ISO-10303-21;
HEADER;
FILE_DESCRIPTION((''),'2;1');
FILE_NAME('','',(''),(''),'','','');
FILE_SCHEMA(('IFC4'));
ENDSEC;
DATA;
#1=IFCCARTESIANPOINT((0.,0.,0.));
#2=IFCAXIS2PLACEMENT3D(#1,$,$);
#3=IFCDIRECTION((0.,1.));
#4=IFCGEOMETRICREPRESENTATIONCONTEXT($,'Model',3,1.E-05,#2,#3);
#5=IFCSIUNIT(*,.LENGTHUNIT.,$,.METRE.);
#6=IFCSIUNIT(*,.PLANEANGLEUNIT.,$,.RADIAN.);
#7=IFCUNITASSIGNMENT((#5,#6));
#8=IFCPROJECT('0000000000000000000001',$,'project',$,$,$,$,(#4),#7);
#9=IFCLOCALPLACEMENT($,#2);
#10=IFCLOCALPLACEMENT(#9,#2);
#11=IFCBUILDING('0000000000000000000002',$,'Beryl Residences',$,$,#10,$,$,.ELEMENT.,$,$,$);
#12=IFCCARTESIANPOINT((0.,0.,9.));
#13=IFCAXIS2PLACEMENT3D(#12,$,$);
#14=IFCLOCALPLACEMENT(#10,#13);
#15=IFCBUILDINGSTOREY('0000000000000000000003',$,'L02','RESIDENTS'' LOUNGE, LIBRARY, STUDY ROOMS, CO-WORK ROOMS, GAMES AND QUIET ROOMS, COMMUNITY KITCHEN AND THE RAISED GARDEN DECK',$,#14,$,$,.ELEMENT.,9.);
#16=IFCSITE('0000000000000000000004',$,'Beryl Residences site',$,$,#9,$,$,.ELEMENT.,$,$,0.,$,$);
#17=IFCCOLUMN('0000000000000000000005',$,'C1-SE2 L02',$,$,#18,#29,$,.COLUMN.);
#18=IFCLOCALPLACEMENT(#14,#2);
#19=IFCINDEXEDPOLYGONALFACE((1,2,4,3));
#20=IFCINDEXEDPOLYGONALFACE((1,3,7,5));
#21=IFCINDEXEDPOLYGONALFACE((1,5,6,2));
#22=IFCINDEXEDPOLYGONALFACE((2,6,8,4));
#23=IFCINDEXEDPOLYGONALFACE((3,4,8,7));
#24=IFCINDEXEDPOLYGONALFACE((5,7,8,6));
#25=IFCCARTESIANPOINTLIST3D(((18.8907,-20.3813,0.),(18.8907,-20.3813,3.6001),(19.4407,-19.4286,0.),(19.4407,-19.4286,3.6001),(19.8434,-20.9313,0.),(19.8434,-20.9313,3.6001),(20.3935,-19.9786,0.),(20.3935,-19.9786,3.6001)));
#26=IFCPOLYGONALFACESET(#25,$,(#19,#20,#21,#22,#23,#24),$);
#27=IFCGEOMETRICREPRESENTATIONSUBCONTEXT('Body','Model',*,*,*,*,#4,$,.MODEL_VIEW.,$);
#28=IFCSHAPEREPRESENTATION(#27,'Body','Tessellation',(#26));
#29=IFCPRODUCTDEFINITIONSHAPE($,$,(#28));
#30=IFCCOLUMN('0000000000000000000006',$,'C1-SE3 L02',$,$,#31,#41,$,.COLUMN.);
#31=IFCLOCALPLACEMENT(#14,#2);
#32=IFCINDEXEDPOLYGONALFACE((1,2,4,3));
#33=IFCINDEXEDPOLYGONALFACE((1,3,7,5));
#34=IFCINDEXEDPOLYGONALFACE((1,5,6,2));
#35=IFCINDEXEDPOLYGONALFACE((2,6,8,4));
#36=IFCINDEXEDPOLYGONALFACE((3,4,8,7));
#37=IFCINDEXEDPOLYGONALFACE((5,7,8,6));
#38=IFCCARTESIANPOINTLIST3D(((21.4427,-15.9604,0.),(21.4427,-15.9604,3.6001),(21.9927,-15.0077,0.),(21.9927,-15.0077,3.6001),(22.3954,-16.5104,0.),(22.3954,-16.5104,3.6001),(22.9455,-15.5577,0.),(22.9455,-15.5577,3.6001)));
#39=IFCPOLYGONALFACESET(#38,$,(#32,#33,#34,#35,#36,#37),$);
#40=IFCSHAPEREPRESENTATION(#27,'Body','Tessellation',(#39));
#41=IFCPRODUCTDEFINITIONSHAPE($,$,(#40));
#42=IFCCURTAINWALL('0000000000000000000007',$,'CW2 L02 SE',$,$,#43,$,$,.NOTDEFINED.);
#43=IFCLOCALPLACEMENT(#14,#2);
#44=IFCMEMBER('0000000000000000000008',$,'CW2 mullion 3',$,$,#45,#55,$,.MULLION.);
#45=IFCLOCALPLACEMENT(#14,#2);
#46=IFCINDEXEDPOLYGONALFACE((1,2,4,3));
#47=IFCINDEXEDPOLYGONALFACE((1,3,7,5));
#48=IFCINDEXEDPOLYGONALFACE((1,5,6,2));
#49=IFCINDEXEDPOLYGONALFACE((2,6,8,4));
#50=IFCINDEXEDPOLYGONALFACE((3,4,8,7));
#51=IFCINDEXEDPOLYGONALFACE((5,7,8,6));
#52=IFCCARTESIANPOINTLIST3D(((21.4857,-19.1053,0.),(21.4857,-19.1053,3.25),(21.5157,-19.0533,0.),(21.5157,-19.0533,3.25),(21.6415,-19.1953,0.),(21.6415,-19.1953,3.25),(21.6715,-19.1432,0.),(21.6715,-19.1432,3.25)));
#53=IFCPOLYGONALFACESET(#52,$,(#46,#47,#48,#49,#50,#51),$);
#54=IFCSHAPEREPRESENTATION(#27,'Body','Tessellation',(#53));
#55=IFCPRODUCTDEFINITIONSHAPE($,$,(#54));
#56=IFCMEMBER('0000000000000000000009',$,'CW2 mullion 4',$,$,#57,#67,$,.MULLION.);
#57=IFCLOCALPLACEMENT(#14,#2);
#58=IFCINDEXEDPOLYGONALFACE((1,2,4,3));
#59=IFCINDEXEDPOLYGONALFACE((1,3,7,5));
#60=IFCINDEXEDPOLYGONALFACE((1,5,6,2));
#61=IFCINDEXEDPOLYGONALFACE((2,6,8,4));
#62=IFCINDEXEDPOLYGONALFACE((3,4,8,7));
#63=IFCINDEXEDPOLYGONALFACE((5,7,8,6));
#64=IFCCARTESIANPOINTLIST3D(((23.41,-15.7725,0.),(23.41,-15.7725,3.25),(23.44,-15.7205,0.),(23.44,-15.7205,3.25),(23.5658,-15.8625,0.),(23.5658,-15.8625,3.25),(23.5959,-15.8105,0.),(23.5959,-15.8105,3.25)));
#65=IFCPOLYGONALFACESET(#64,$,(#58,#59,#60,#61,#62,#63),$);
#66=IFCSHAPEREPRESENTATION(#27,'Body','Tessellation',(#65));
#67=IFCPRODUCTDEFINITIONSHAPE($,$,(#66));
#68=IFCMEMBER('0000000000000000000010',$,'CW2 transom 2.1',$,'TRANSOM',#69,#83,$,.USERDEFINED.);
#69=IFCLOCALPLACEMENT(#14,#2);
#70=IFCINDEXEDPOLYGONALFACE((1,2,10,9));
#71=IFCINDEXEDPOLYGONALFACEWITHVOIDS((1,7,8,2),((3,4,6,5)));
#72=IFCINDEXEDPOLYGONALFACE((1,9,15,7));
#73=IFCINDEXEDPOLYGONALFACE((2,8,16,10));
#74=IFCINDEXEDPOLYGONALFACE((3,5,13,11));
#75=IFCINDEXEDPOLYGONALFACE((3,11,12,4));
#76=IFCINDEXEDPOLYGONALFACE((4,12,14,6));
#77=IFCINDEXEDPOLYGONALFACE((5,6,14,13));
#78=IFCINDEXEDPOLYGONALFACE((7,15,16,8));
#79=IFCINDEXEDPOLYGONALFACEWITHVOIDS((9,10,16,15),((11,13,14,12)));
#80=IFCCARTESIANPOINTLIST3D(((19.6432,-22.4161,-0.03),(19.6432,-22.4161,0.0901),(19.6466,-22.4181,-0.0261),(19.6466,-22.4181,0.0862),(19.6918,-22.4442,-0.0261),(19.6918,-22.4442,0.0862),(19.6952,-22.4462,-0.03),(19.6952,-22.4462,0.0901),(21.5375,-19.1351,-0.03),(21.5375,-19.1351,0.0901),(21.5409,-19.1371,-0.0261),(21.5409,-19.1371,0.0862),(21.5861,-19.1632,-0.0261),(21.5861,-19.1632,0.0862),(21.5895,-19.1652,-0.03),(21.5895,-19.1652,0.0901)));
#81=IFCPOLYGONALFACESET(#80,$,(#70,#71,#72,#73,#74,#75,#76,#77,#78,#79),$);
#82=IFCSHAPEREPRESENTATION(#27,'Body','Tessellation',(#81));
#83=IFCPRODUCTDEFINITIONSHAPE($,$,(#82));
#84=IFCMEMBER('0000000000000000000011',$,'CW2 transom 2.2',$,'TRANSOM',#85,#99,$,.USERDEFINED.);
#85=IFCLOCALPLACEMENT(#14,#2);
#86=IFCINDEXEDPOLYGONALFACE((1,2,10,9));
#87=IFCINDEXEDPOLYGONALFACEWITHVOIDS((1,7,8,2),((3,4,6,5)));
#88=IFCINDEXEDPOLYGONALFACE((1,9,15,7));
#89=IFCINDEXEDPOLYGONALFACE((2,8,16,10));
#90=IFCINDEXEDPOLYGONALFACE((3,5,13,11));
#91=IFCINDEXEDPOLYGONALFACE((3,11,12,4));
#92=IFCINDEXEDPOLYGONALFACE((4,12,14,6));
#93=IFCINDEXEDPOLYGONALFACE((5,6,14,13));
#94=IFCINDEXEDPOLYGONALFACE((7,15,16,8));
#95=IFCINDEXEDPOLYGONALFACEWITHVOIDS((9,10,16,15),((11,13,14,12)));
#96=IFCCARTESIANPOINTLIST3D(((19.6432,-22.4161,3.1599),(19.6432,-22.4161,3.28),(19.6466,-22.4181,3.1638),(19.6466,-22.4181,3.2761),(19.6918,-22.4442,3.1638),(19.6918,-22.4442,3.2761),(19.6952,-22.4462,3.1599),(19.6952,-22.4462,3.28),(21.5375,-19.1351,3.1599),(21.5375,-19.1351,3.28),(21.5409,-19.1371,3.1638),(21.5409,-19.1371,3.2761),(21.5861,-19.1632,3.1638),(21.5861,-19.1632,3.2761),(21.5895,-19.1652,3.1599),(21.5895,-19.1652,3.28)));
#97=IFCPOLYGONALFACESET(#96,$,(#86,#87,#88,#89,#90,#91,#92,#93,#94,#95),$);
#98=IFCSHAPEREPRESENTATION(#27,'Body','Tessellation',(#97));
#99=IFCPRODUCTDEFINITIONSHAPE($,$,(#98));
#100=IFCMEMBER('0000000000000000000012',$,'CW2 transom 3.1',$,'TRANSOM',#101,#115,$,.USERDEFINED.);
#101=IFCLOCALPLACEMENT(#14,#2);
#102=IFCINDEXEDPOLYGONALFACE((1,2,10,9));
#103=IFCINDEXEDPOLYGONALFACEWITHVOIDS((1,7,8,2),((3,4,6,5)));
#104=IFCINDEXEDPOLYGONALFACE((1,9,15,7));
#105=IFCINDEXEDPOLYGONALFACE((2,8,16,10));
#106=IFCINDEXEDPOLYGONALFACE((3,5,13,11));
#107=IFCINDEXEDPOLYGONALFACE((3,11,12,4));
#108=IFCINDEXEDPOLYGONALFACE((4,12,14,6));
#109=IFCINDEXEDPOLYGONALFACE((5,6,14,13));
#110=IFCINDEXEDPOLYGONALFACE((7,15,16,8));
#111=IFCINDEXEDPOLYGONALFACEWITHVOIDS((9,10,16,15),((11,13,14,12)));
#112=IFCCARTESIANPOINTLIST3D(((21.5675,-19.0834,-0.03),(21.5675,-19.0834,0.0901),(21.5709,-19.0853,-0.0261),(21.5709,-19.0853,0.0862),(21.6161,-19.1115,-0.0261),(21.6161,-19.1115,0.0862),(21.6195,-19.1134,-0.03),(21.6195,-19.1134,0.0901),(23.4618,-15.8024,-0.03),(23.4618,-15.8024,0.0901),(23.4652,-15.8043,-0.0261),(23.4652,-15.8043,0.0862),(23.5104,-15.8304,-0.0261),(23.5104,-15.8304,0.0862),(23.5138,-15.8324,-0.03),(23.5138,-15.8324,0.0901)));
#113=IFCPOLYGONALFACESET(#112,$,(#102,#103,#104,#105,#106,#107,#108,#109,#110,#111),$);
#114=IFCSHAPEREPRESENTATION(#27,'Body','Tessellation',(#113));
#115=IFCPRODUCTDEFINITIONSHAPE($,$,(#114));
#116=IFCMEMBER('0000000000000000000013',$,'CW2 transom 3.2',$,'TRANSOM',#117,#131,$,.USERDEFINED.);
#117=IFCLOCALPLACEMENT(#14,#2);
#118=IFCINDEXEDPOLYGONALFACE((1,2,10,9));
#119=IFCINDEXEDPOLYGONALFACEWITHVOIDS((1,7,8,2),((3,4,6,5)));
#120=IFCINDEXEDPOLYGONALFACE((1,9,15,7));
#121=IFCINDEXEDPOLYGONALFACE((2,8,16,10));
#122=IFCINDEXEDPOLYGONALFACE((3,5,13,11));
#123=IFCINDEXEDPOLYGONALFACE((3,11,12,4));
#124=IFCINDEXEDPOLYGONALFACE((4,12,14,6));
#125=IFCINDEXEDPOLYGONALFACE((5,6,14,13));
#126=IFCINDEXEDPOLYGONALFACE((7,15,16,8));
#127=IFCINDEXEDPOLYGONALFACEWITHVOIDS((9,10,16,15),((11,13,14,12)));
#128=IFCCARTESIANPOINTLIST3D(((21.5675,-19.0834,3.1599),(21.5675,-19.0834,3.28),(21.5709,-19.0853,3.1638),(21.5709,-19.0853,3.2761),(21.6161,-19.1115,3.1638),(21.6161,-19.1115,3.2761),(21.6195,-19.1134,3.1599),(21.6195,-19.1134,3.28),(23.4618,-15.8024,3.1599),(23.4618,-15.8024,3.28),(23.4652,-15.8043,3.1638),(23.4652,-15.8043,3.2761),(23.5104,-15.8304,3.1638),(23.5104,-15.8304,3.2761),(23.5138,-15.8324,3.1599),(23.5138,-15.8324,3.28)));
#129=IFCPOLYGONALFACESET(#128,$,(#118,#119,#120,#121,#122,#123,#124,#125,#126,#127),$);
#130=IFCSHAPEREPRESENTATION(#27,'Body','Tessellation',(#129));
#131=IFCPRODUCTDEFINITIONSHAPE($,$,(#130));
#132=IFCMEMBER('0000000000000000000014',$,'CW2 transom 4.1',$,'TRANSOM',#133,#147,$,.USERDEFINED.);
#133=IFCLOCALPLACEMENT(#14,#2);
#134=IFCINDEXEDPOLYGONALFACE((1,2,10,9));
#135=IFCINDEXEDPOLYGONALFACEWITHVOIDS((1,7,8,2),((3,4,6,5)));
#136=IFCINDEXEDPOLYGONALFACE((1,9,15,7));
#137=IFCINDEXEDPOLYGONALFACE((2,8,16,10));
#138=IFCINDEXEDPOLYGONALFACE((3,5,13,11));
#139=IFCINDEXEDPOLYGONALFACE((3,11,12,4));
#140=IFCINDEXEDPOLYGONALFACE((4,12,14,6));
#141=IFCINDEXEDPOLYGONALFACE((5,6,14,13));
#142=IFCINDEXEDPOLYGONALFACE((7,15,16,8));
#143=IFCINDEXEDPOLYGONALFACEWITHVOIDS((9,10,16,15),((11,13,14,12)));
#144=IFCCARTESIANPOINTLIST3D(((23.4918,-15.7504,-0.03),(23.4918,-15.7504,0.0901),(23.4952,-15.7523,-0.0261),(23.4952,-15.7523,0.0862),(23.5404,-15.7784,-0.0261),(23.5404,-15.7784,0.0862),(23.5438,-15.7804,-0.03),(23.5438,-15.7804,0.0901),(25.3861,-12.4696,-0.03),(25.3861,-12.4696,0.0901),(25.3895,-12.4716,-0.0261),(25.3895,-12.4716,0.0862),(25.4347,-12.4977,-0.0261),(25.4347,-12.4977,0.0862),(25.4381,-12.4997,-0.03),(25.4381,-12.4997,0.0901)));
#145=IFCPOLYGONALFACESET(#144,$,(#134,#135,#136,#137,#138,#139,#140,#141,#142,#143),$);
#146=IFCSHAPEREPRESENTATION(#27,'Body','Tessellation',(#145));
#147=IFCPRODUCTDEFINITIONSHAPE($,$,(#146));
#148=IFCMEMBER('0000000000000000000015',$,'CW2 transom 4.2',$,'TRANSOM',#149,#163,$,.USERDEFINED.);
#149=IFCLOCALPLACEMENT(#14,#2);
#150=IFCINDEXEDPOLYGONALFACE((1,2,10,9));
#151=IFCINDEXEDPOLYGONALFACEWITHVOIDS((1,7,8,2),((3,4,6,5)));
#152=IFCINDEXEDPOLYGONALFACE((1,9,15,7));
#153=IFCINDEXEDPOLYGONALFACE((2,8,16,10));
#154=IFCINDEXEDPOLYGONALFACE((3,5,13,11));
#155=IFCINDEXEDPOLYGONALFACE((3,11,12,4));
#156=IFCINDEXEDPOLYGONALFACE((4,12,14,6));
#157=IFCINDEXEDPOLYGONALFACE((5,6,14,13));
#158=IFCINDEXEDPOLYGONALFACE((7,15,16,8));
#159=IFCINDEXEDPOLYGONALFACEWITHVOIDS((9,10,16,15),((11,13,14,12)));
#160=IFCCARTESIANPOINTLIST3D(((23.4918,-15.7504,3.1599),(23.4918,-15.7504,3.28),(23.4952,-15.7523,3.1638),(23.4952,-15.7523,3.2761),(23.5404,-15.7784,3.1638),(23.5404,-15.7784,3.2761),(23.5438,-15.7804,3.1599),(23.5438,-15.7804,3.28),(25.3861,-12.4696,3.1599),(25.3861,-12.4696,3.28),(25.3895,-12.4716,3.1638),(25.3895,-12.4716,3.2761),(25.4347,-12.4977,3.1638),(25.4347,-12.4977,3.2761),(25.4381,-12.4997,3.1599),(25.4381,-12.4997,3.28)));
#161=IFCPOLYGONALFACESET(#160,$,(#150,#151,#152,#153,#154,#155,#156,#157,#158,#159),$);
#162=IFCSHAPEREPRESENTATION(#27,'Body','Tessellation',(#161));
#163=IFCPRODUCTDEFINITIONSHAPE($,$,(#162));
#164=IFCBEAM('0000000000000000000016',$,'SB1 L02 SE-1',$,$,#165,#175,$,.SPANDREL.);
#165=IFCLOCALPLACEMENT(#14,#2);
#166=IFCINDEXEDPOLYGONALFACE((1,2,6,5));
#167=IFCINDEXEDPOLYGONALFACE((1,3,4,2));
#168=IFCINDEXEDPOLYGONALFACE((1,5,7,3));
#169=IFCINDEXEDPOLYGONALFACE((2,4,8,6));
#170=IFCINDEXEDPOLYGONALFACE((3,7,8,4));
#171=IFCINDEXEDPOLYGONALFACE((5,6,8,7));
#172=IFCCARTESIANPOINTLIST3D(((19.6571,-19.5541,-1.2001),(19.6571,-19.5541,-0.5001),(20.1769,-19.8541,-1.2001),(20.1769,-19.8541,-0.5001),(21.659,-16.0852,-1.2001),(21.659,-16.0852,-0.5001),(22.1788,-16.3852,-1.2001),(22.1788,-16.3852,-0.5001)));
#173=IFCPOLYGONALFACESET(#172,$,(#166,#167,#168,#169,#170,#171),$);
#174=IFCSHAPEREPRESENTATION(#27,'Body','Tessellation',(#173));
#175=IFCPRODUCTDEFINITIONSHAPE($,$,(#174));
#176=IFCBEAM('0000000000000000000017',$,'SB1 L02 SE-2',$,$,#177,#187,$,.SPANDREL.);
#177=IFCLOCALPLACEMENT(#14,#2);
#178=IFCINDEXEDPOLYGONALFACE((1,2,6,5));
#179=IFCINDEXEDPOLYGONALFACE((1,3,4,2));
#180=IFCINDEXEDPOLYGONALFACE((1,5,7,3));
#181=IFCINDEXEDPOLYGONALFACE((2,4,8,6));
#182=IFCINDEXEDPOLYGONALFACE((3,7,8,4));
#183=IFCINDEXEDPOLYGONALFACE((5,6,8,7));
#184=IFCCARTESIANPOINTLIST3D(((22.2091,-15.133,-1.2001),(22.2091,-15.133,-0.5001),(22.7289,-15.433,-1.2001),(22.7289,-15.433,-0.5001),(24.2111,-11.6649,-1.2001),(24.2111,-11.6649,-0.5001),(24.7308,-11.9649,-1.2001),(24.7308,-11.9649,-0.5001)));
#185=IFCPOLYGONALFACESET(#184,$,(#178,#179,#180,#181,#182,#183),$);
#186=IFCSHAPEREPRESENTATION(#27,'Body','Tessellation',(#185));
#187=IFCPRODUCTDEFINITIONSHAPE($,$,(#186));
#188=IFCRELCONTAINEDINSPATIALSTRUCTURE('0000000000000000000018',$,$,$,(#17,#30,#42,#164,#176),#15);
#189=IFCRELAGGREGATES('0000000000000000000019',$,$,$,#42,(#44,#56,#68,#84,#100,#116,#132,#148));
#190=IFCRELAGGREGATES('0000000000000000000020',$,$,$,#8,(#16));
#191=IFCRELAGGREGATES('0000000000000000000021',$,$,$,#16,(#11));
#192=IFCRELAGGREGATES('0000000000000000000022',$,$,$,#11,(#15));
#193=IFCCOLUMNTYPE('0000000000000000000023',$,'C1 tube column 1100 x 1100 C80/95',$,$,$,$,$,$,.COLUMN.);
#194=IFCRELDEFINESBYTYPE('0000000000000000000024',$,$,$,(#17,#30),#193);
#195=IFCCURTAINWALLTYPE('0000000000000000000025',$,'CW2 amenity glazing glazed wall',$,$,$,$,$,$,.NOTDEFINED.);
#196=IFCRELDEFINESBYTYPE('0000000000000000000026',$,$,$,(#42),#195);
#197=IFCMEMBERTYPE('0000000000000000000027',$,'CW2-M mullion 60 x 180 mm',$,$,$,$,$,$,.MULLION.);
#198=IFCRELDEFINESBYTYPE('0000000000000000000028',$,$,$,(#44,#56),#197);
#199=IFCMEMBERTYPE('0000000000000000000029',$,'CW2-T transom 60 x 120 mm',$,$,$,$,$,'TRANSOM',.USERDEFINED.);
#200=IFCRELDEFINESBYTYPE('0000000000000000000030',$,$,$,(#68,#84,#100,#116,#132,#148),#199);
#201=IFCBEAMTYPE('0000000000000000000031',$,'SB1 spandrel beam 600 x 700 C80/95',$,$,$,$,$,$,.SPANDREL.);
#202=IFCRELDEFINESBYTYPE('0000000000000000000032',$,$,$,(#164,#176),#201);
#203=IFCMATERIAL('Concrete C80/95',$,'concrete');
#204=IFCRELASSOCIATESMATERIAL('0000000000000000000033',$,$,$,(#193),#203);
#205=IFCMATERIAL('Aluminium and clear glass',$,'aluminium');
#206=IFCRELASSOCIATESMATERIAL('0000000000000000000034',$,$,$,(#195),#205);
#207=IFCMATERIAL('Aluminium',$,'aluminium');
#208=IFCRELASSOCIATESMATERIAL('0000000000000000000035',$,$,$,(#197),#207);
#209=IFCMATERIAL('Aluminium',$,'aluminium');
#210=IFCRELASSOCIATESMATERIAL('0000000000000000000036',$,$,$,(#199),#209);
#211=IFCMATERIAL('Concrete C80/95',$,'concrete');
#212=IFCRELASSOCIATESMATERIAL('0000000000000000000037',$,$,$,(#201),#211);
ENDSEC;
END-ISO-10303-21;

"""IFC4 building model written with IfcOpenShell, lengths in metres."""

from ifc_helpers import new_model, si_unit, direction, frame, origin, origin_2d, place, context, subcontext, project, spatial, rectangle, hollow_rectangle, extrude, material, material_profile, profile_set, type_object, element, aggregate, save


model = new_model("IFC4")

# Units and contexts
model_context = context("Model", 3, precision=1e-05, world=origin(), true_north=direction((0.0, 1.0)))
body_context = subcontext(model_context, "Body", "Model", "MODEL_VIEW")
ifc_project = project(units=[si_unit("LENGTHUNIT", "METRE"), si_unit("PLANEANGLEUNIT", "RADIAN")], contexts=[model_context])

# Site, building, storey
site_placement = place(None, origin())
site = spatial("IfcSite", under=ifc_project, at=site_placement, Name="Beryl Residences site", CompositionType="ELEMENT", RefElevation=0.0)
building_placement = place(site_placement, origin())
building = spatial("IfcBuilding", under=site, at=building_placement, Name="Beryl Residences", CompositionType="ELEMENT")
storey_placement = place(building_placement, frame((0.0, 0.0, 9.0)))
storey = spatial("IfcBuildingStorey", under=building, at=storey_placement, Name="L02", Description="RESIDENTS' LOUNGE, LIBRARY, STUDY ROOMS, CO-WORK ROOMS, GAMES AND QUIET ROOMS, COMMUNITY KITCHEN AND THE RAISED GARDEN DECK", CompositionType="ELEMENT", Elevation=9.0)

# Columns
ifc_material_1 = material(Name="Concrete C80/95", Category="concrete")
ifc_material_profile_1 = material_profile(ifc_material_1, rectangle(XDim=1.1001, YDim=1.1001, at=origin_2d()))
ifc_profile_set_1 = profile_set([ifc_material_profile_1], Name="Concrete C80/95")
column_type = type_object("IfcColumnType", Name="C1 tube column 1100 x 1100 C80/95", PredefinedType="COLUMN", material=ifc_profile_set_1)
for number, where, z_axis, x_axis, name in (
    (1, (19.6421, -20.1799, 0.0), (0.0, 0.0, 1.0), (0.499985, 0.866034, 0.0), "C1-SE2 L02"),
    (2, (22.1941, -15.759, 0.0), (0.0, 0.0, 1.0), (0.499985, 0.866034, 0.0), "C1-SE3 L02"),
):
    element("IfcColumn", number, at=place(storey_placement, frame(where, z_axis=z_axis, x_axis=x_axis)), inside=storey, type_object=column_type, Name=name, PredefinedType="COLUMN", context=body_context, shape_type="SweptSolid", body=[
        extrude(rectangle(XDim=1.1001, YDim=1.1001, at=origin_2d()), origin(), (0.0, 0.0, 1.0), 3.6001),
    ])

# Curtain wall, members
ifc_material_2 = material(Name="Aluminium and clear glass", Category="aluminium")
curtain_wall_type = type_object("IfcCurtainWallType", Name="CW2 amenity glazing glazed wall", PredefinedType="NOTDEFINED", material=ifc_material_2)
curtain_wall_placement = place(storey_placement, origin())
curtain_wall = element("IfcCurtainWall", 3, at=curtain_wall_placement, inside=storey, type_object=curtain_wall_type, Name="CW2 L02 SE", PredefinedType="NOTDEFINED")
ifc_material_3 = material(Name="Aluminium", Category="aluminium")
ifc_material_profile_2 = material_profile(ifc_material_3, rectangle(XDim=0.0601, YDim=0.1799, at=origin_2d()))
ifc_profile_set_2 = profile_set([ifc_material_profile_2], Name="Aluminium")
member_type_1 = type_object("IfcMemberType", Name="CW2-M mullion 60 x 180 mm", PredefinedType="MULLION", material=ifc_profile_set_2)
member_1_placement = place(storey_placement, frame((21.5786, -19.1243, 0.0), z_axis=(0.0, 0.0, 1.0), x_axis=(0.500012, 0.866019, 0.0)))
member_1 = element("IfcMember", 4, at=member_1_placement, type_object=member_type_1, Name="CW2 mullion 3", PredefinedType="MULLION", context=body_context, shape_type="SweptSolid", body=[
    extrude(rectangle(XDim=0.0601, YDim=0.1799, at=origin_2d()), origin(), (0.0, 0.0, 1.0), 3.25),
])
member_2_placement = place(storey_placement, frame((23.5029, -15.7915, 0.0), z_axis=(0.0, 0.0, 1.0), x_axis=(0.500012, 0.866019, 0.0)))
member_2 = element("IfcMember", 5, at=member_2_placement, type_object=member_type_1, Name="CW2 mullion 4", PredefinedType="MULLION", context=body_context, shape_type="SweptSolid", body=[
    extrude(rectangle(XDim=0.0601, YDim=0.1799, at=origin_2d()), origin(), (0.0, 0.0, 1.0), 3.25),
])
ifc_material_4 = material(Name="Aluminium", Category="aluminium")
ifc_material_profile_3 = material_profile(ifc_material_4, hollow_rectangle(XDim=0.0601, YDim=0.1201, WallThickness=0.0039, at=origin_2d()))
ifc_profile_set_3 = profile_set([ifc_material_profile_3], Name="Aluminium")
member_type_2 = type_object("IfcMemberType", Name="CW2-T transom 60 x 120 mm", ElementType="TRANSOM", PredefinedType="USERDEFINED", material=ifc_profile_set_3)
member_3_placement = place(storey_placement, frame((19.6692, -22.4312, 0.03), z_axis=(0.5, 0.866026, 0.0), x_axis=(-0.866026, 0.5, 0.0)))
member_3 = element("IfcMember", 6, at=member_3_placement, type_object=member_type_2, Name="CW2 transom 2.1", ObjectType="TRANSOM", PredefinedType="USERDEFINED", context=body_context, shape_type="SweptSolid", body=[
    extrude(hollow_rectangle(XDim=0.0601, YDim=0.1201, WallThickness=0.0039, at=origin_2d()), origin(), (0.0, 0.0, 1.0), 3.7886),
])
member_4_placement = place(storey_placement, frame((19.6692, -22.4312, 3.22), z_axis=(0.5, 0.866026, 0.0), x_axis=(-0.866026, 0.5, 0.0)))
member_4 = element("IfcMember", 7, at=member_4_placement, type_object=member_type_2, Name="CW2 transom 2.2", ObjectType="TRANSOM", PredefinedType="USERDEFINED", context=body_context, shape_type="SweptSolid", body=[
    extrude(hollow_rectangle(XDim=0.0601, YDim=0.1201, WallThickness=0.0039, at=origin_2d()), origin(), (0.0, 0.0, 1.0), 3.7886),
])
member_5_placement = place(storey_placement, frame((21.5935, -19.0984, 0.03), z_axis=(0.5, 0.866026, 0.0), x_axis=(-0.866026, 0.5, 0.0)))
member_5 = element("IfcMember", 8, at=member_5_placement, type_object=member_type_2, Name="CW2 transom 3.1", ObjectType="TRANSOM", PredefinedType="USERDEFINED", context=body_context, shape_type="SweptSolid", body=[
    extrude(hollow_rectangle(XDim=0.0601, YDim=0.1201, WallThickness=0.0039, at=origin_2d()), origin(), (0.0, 0.0, 1.0), 3.7886),
])
member_6_placement = place(storey_placement, frame((21.5935, -19.0984, 3.22), z_axis=(0.5, 0.866026, 0.0), x_axis=(-0.866026, 0.5, 0.0)))
member_6 = element("IfcMember", 9, at=member_6_placement, type_object=member_type_2, Name="CW2 transom 3.2", ObjectType="TRANSOM", PredefinedType="USERDEFINED", context=body_context, shape_type="SweptSolid", body=[
    extrude(hollow_rectangle(XDim=0.0601, YDim=0.1201, WallThickness=0.0039, at=origin_2d()), origin(), (0.0, 0.0, 1.0), 3.7886),
])
member_7_placement = place(storey_placement, frame((23.5178, -15.7654, 0.03), z_axis=(0.500027, 0.86601, 0.0), x_axis=(-0.86601, 0.500027, 0.0)))
member_7 = element("IfcMember", 10, at=member_7_placement, type_object=member_type_2, Name="CW2 transom 4.1", ObjectType="TRANSOM", PredefinedType="USERDEFINED", context=body_context, shape_type="SweptSolid", body=[
    extrude(hollow_rectangle(XDim=0.0601, YDim=0.1201, WallThickness=0.0039, at=origin_2d()), origin(), (0.0, 0.0, 1.0), 3.7883),
])
member_8_placement = place(storey_placement, frame((23.5178, -15.7654, 3.22), z_axis=(0.500027, 0.86601, 0.0), x_axis=(-0.86601, 0.500027, 0.0)))
member_8 = element("IfcMember", 11, at=member_8_placement, type_object=member_type_2, Name="CW2 transom 4.2", ObjectType="TRANSOM", PredefinedType="USERDEFINED", context=body_context, shape_type="SweptSolid", body=[
    extrude(hollow_rectangle(XDim=0.0601, YDim=0.1201, WallThickness=0.0039, at=origin_2d()), origin(), (0.0, 0.0, 1.0), 3.7883),
])

# Beams
ifc_material_5 = material(Name="Concrete C80/95", Category="concrete")
ifc_material_profile_4 = material_profile(ifc_material_5, rectangle(XDim=0.6001, YDim=0.7, at=origin_2d()))
ifc_profile_set_4 = profile_set([ifc_material_profile_4], Name="Concrete C80/95")
beam_type = type_object("IfcBeamType", Name="SB1 spandrel beam 600 x 700 C80/95", PredefinedType="SPANDREL", material=ifc_profile_set_4)
beam_1_placement = place(storey_placement, frame((19.917, -19.7041, -0.8501), z_axis=(0.499837, 0.86612, 0.0), x_axis=(-0.86612, 0.499837, 0.0)))
element("IfcBeam", 12, at=beam_1_placement, inside=storey, type_object=beam_type, Name="SB1 L02 SE-1", PredefinedType="SPANDREL", context=body_context, shape_type="SweptSolid", body=[
    extrude(rectangle(XDim=0.6001, YDim=0.7, at=origin_2d()), origin(), (0.0, 0.0, 1.0), 4.0051),
])
beam_2_placement = place(storey_placement, frame((22.469, -15.283, -0.8501), z_axis=(0.499942, 0.866059, 0.0), x_axis=(-0.866059, 0.499942, 0.0)))
element("IfcBeam", 13, at=beam_2_placement, inside=storey, type_object=beam_type, Name="SB1 L02 SE-2", PredefinedType="SPANDREL", context=body_context, shape_type="SweptSolid", body=[
    extrude(rectangle(XDim=0.6001, YDim=0.7, at=origin_2d()), origin(), (0.0, 0.0, 1.0), 4.0044),
])

aggregate(curtain_wall, [member_1, member_2, member_3, member_4, member_5, member_6, member_7, member_8])

save(model, "model.ifc")
